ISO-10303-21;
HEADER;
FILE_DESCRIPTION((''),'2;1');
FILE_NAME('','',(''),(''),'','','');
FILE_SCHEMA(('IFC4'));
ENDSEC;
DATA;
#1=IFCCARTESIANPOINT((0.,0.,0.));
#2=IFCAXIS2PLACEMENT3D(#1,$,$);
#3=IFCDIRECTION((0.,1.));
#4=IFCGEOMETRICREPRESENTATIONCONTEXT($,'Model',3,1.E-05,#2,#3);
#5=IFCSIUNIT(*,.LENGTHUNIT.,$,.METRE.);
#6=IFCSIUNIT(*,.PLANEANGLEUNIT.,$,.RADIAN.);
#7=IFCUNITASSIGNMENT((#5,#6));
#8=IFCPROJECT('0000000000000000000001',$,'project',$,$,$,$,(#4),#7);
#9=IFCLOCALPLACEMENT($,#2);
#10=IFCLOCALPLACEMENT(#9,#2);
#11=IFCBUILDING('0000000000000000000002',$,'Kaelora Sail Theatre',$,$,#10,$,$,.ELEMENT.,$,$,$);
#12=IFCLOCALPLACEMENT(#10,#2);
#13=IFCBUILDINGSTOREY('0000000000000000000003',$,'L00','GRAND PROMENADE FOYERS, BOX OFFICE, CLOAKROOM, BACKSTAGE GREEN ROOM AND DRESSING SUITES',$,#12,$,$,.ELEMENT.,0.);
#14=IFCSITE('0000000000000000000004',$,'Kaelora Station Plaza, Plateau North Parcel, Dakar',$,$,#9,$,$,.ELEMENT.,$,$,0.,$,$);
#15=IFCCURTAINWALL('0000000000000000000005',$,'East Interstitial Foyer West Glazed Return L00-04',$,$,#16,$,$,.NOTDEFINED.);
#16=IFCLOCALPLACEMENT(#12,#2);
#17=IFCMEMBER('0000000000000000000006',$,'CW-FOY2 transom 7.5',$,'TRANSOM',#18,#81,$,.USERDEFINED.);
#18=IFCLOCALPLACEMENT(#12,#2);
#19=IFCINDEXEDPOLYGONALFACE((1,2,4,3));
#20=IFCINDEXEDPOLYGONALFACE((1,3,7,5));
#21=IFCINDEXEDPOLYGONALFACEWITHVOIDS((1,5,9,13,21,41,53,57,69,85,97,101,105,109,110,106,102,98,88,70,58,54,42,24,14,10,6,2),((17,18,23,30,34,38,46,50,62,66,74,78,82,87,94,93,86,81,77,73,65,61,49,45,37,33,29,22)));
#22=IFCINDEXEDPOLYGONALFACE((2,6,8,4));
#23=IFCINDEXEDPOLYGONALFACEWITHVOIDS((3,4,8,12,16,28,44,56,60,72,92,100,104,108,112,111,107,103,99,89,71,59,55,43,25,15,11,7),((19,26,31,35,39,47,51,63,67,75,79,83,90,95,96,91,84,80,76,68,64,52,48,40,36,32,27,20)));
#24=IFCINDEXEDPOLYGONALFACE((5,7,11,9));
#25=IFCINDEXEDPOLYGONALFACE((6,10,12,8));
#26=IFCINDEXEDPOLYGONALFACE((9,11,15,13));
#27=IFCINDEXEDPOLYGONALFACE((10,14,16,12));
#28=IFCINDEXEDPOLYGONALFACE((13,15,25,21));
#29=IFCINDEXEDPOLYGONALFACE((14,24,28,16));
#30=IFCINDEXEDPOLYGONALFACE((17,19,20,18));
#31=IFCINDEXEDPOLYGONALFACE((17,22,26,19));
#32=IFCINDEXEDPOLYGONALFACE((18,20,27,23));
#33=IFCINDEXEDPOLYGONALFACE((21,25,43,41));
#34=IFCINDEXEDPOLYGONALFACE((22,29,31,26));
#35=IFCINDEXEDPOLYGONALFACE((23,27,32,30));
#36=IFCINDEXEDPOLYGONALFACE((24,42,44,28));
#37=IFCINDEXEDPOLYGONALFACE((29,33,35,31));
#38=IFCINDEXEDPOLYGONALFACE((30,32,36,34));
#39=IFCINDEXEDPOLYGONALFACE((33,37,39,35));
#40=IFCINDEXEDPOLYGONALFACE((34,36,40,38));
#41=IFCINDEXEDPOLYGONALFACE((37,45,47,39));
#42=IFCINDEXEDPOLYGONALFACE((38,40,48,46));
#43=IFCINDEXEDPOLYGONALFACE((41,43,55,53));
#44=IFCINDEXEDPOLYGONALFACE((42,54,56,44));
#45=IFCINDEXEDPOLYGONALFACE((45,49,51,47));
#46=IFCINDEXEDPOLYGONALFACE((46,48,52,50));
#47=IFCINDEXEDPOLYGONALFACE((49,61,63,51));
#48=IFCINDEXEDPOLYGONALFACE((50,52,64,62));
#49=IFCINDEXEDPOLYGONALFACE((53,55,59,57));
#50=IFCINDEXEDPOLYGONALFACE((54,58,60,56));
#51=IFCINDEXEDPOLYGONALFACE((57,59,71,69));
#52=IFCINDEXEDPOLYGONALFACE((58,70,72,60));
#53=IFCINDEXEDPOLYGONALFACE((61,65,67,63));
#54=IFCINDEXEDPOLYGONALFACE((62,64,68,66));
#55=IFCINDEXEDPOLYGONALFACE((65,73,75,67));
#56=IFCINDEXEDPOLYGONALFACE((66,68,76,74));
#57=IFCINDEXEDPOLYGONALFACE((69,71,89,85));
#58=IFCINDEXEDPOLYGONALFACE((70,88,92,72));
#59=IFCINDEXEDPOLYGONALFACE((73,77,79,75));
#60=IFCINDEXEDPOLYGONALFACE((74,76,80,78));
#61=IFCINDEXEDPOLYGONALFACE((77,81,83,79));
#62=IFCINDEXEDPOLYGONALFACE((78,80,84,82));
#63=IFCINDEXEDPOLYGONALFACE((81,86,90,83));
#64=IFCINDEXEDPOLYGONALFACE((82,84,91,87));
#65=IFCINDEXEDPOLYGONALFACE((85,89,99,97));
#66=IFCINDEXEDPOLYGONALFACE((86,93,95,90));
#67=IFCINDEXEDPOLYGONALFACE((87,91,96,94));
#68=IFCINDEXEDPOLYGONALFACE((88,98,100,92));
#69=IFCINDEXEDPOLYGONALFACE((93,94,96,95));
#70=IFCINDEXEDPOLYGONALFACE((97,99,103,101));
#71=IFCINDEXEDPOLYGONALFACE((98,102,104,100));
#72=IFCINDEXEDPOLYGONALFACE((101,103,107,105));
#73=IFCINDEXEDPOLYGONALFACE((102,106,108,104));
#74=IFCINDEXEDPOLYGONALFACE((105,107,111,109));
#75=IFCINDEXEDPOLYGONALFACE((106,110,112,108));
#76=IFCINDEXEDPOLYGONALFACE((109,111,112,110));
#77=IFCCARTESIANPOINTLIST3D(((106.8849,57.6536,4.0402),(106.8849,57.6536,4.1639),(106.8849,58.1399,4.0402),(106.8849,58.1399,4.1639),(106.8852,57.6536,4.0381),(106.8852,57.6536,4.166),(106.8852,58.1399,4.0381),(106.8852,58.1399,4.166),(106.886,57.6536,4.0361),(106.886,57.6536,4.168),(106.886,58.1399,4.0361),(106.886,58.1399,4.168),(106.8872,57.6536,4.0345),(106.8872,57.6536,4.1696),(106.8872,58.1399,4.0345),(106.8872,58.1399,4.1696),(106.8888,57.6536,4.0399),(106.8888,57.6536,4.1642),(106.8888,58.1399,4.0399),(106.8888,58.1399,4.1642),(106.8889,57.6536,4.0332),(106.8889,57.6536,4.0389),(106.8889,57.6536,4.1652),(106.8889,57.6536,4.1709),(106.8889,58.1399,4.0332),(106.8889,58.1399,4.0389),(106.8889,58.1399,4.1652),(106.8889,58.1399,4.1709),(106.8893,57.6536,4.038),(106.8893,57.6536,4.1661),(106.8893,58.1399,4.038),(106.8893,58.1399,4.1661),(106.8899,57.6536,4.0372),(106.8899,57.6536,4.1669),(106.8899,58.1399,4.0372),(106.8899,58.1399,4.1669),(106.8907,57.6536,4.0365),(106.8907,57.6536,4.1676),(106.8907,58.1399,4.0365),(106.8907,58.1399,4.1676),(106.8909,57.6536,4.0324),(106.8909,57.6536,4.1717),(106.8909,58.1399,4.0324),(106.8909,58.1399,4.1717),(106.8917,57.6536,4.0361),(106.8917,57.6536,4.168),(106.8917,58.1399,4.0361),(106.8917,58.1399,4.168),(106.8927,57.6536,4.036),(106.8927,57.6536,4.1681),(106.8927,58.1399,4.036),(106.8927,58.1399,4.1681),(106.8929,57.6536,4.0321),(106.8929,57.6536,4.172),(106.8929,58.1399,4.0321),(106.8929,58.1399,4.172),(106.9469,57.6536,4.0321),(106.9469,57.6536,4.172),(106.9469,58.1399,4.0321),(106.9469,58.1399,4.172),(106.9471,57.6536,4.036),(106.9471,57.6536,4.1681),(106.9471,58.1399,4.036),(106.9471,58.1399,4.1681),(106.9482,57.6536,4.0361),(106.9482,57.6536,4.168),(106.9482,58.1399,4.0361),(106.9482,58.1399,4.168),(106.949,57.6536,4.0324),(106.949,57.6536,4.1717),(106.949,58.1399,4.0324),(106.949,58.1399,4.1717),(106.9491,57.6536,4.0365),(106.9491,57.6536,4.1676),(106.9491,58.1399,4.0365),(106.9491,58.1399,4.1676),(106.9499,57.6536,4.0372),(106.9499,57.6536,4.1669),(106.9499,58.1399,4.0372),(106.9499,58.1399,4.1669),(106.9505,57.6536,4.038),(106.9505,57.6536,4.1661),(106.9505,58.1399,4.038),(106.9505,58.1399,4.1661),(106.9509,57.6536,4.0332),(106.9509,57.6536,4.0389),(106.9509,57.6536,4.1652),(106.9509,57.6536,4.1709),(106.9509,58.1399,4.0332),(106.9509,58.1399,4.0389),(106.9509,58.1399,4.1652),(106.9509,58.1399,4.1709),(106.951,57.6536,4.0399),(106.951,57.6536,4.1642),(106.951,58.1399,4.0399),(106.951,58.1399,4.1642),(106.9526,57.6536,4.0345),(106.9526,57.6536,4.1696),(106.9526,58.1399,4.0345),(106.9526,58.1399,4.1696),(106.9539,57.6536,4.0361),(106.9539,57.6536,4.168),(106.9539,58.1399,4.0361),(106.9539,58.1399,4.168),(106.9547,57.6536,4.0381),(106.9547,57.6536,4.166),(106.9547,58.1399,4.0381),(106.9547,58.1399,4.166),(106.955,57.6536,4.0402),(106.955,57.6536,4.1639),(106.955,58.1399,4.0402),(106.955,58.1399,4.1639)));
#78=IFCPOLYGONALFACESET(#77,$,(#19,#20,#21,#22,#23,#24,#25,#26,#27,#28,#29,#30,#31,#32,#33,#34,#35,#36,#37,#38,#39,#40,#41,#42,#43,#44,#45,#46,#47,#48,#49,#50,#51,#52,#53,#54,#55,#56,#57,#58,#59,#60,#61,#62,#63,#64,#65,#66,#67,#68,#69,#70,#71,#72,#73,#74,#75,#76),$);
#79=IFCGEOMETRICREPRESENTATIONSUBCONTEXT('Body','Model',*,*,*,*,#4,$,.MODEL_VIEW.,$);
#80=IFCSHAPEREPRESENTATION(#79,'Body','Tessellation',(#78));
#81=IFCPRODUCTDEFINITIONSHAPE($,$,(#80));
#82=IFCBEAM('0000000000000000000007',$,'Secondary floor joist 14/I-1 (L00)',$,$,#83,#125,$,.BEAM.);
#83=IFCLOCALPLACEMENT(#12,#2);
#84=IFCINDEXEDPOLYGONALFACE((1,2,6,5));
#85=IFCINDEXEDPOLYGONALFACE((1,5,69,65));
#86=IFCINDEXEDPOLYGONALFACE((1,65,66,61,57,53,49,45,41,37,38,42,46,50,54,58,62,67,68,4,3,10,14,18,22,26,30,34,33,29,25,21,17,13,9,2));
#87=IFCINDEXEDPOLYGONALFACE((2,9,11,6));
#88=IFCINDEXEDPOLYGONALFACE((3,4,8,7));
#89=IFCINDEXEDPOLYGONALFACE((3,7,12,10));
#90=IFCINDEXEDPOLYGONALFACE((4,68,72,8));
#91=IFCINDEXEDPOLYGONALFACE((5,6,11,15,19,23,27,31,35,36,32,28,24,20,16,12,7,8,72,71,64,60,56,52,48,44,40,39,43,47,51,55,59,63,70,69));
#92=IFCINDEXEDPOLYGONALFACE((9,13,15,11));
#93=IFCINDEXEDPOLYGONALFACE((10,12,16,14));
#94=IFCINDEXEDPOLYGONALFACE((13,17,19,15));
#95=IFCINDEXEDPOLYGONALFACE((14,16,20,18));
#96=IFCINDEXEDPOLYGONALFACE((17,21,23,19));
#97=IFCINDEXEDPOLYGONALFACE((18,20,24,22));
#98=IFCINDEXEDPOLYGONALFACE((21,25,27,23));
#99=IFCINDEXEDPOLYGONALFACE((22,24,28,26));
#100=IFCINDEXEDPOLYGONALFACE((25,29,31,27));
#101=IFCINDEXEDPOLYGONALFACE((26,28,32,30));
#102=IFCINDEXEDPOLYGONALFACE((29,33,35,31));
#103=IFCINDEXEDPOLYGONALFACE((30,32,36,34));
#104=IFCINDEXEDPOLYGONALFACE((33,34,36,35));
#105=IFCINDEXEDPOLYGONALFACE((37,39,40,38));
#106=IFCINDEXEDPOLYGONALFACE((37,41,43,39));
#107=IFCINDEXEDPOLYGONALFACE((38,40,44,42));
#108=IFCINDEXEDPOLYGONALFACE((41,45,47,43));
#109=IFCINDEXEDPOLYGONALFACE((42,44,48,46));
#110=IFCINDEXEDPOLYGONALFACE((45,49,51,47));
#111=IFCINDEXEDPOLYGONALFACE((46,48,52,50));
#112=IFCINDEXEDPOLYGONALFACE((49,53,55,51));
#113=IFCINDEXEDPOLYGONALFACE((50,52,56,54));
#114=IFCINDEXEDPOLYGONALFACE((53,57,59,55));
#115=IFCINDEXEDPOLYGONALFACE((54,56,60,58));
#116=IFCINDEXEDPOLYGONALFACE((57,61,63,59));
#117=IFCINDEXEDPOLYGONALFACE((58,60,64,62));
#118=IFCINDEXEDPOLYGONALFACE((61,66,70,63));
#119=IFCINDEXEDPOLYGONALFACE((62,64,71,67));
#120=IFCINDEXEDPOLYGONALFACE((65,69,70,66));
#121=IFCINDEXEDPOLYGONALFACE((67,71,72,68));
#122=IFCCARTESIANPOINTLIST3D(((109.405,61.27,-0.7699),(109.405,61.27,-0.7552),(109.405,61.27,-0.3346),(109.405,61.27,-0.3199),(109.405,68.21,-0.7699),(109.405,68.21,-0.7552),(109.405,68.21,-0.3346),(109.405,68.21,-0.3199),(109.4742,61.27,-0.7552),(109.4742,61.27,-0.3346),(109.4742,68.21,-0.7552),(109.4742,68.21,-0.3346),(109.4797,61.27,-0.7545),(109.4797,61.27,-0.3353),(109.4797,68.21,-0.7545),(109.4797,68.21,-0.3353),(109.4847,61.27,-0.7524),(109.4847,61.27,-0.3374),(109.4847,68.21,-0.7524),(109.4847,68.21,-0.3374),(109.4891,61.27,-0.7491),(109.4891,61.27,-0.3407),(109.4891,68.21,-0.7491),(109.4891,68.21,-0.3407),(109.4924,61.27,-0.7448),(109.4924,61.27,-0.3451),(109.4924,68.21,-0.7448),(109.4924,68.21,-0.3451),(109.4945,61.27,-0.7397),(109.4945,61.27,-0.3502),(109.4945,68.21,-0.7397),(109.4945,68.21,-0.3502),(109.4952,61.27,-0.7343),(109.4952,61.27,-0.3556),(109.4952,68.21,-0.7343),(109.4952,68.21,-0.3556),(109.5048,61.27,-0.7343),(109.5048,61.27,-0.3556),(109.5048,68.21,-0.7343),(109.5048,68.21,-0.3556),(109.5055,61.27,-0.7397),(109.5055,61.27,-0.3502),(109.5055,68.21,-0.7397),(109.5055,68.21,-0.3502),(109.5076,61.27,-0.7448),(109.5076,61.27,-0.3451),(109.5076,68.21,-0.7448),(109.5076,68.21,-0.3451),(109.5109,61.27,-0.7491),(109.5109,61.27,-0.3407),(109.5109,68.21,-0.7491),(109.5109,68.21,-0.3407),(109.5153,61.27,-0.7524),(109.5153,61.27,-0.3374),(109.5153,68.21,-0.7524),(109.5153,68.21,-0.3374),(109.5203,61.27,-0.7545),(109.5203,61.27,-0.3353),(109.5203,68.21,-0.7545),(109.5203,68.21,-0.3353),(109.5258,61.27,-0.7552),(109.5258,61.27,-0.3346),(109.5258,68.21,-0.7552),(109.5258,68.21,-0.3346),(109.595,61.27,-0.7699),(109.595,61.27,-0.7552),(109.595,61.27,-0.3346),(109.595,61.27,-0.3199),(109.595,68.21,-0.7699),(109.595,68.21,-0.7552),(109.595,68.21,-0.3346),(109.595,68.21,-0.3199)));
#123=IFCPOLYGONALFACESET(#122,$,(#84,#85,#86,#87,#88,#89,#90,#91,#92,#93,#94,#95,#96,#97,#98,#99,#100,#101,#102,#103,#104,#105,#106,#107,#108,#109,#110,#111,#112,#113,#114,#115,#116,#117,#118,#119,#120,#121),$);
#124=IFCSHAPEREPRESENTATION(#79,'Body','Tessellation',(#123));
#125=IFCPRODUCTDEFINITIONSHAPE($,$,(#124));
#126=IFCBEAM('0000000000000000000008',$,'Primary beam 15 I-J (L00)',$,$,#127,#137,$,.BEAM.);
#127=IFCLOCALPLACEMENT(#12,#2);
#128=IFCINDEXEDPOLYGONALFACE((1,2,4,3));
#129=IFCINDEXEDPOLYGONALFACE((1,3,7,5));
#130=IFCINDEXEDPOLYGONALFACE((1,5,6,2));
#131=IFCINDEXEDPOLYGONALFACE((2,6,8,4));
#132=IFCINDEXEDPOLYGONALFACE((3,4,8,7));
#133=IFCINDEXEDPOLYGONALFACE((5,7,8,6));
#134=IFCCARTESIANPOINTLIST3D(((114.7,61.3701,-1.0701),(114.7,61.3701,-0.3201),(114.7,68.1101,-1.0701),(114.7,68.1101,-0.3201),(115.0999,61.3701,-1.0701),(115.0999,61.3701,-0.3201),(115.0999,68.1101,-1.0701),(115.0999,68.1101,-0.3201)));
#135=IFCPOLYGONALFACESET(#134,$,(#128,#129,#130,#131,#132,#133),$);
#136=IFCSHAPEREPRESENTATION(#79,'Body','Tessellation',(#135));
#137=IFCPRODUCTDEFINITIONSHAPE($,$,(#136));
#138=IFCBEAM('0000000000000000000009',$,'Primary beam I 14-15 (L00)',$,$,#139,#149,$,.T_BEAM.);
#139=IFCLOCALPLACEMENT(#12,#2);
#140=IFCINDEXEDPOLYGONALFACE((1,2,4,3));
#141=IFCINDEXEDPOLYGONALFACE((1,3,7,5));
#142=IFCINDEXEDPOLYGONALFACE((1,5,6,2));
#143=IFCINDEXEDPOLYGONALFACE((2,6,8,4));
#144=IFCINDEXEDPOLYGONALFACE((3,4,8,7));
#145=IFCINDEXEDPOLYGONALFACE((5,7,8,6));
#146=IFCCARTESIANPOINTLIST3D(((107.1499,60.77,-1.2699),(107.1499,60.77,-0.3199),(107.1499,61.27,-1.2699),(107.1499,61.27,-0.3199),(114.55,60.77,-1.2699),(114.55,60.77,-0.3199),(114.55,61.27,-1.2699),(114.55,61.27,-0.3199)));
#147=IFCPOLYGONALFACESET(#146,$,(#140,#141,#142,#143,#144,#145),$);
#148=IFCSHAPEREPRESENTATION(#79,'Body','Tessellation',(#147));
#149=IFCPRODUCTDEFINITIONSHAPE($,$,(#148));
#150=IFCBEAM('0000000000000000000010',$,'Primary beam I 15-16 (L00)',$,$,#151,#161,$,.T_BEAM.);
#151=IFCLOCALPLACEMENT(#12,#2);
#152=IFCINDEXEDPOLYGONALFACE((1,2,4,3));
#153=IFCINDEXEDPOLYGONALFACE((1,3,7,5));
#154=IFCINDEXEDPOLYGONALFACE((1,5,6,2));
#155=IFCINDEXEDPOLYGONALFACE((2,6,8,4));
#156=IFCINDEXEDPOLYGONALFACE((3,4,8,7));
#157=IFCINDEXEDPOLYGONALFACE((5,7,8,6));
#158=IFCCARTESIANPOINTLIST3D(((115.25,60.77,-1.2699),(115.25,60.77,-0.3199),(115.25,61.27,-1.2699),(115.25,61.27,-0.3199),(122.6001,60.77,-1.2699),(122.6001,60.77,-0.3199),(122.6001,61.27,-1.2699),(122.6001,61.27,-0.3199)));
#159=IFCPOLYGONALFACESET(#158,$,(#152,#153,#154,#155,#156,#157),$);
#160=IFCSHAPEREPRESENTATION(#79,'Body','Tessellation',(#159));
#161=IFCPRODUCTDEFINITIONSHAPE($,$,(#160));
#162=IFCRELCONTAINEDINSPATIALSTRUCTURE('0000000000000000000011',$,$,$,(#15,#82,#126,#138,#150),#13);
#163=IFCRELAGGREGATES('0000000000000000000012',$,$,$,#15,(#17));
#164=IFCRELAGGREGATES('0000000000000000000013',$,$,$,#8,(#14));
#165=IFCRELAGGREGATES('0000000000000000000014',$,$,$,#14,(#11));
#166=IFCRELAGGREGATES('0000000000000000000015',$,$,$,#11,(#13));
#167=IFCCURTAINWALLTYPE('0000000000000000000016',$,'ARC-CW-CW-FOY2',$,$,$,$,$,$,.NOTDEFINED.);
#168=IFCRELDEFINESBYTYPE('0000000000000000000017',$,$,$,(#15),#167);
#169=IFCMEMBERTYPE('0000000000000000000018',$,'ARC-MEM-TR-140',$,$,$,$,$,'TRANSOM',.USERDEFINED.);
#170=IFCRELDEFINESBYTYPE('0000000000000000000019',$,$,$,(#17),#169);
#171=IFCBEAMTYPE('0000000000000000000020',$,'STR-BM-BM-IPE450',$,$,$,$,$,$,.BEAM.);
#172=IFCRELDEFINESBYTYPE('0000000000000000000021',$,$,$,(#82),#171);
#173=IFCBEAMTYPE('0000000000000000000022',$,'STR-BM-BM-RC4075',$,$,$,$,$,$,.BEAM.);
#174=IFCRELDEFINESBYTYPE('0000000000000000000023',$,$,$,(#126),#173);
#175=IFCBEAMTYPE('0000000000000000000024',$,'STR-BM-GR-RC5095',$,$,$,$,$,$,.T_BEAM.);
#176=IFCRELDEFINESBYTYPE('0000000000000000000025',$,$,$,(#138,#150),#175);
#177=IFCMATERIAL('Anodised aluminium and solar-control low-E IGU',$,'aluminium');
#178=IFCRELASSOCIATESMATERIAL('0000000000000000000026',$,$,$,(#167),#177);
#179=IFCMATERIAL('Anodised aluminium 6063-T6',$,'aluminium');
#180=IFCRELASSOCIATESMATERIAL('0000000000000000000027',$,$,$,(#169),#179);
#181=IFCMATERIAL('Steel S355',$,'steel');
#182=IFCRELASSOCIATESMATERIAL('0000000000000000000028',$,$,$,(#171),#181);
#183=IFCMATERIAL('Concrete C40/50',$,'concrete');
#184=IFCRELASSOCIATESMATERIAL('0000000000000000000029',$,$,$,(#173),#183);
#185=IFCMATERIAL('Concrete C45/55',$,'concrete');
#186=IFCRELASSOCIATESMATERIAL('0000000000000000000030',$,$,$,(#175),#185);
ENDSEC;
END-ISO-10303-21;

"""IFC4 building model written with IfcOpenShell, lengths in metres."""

from ifc_helpers import new_model, si_unit, direction, frame, origin, origin_2d, place, context, subcontext, project, spatial, rectangle, hollow_rectangle, i_section, extrude, material, material_profile, profile_set, type_object, element, aggregate, save


model = new_model("IFC4")

# Units and contexts
model_context = context("Model", 3, precision=1e-05, world=origin(), true_north=direction((0.0, 1.0)))
body_context = subcontext(model_context, "Body", "Model", "MODEL_VIEW")
ifc_project = project(units=[si_unit("LENGTHUNIT", "METRE"), si_unit("PLANEANGLEUNIT", "RADIAN")], contexts=[model_context])

# Site, building, storey
site_placement = place(None, origin())
site = spatial("IfcSite", under=ifc_project, at=site_placement, Name="Kaelora Station Plaza, Plateau North Parcel, Dakar", CompositionType="ELEMENT", RefElevation=0.0)
building_placement = place(site_placement, origin())
building = spatial("IfcBuilding", under=site, at=building_placement, Name="Kaelora Sail Theatre", CompositionType="ELEMENT")
storey_placement = place(building_placement, origin())
storey = spatial("IfcBuildingStorey", under=building, at=storey_placement, Name="L00", Description="GRAND PROMENADE FOYERS, BOX OFFICE, CLOAKROOM, BACKSTAGE GREEN ROOM AND DRESSING SUITES", CompositionType="ELEMENT", Elevation=0.0)

# Curtain wall, member
ifc_material_1 = material(Name="Anodised aluminium and solar-control low-E IGU", Category="aluminium")
curtain_wall_type = type_object("IfcCurtainWallType", Name="ARC-CW-CW-FOY2", PredefinedType="NOTDEFINED", material=ifc_material_1)
curtain_wall_placement = place(storey_placement, origin())
curtain_wall = element("IfcCurtainWall", 1, at=curtain_wall_placement, inside=storey, type_object=curtain_wall_type, Name="East Interstitial Foyer West Glazed Return L00-04", PredefinedType="NOTDEFINED")
ifc_material_2 = material(Name="Anodised aluminium 6063-T6", Category="aluminium")
ifc_material_profile_1 = material_profile(ifc_material_2, hollow_rectangle(XDim=0.0701, YDim=0.1399, WallThickness=0.0039, InnerFilletRadius=0.0039, OuterFilletRadius=0.0081, at=origin_2d()), Name="ALU-TRAN 70x140x4")
ifc_profile_set_1 = profile_set([ifc_material_profile_1], Name="Anodised aluminium 6063-T6")
member_type_1 = type_object("IfcMemberType", Name="ARC-MEM-TR-140", ElementType="TRANSOM", PredefinedType="USERDEFINED", material=ifc_profile_set_1)
member_1_placement = place(storey_placement, frame((106.9199, 57.6536, 4.1021), z_axis=(0.0, 1.0, 0.0), x_axis=(-1.0, 0.0, 0.0)))
member_1 = element("IfcMember", 2, at=member_1_placement, type_object=member_type_1, Name="CW-FOY2 transom 7.5", ObjectType="TRANSOM", PredefinedType="USERDEFINED", context=body_context, shape_type="SweptSolid", body=[
    extrude(hollow_rectangle(XDim=0.0701, YDim=0.1399, WallThickness=0.0039, InnerFilletRadius=0.0039, OuterFilletRadius=0.0081, at=origin_2d()), origin(), (0.0, 0.0, 1.0), 0.4863),
])

# Beams
ifc_material_3 = material(Name="Steel S355", Category="steel")
ifc_material_profile_2 = material_profile(ifc_material_3, i_section(OverallWidth=0.1899, OverallDepth=0.45, WebThickness=0.0095, FlangeThickness=0.0146, FilletRadius=0.021, at=origin_2d()), Name="IPE 450")
ifc_profile_set_2 = profile_set([ifc_material_profile_2], Name="Steel S355")
beam_type_1 = type_object("IfcBeamType", Name="STR-BM-BM-IPE450", PredefinedType="BEAM", material=ifc_profile_set_2)
beam_1_placement = place(storey_placement, frame((109.5, 61.27, -0.5449), z_axis=(0.0, 1.0, 0.0), x_axis=(-1.0, 0.0, 0.0)))
element("IfcBeam", 3, at=beam_1_placement, inside=storey, type_object=beam_type_1, Name="Secondary floor joist 14/I-1 (L00)", PredefinedType="BEAM", context=body_context, shape_type="SweptSolid", body=[
    extrude(i_section(OverallWidth=0.1899, OverallDepth=0.45, WebThickness=0.0095, FlangeThickness=0.0146, FilletRadius=0.021, at=origin_2d()), origin(), (0.0, 0.0, 1.0), 6.9399),
])
ifc_material_4 = material(Name="Concrete C40/50", Category="concrete")
ifc_material_profile_3 = material_profile(ifc_material_4, rectangle(XDim=0.3999, YDim=0.75, at=origin_2d()), Name="RC-BM 400x750")
ifc_profile_set_3 = profile_set([ifc_material_profile_3], Name="Concrete C40/50")
beam_type_2 = type_object("IfcBeamType", Name="STR-BM-BM-RC4075", PredefinedType="BEAM", material=ifc_profile_set_3)
beam_2_placement = place(storey_placement, frame((114.8999, 61.3701, -0.6951), z_axis=(0.0, 1.0, 0.0), x_axis=(-1.0, 0.0, 0.0)))
element("IfcBeam", 4, at=beam_2_placement, inside=storey, type_object=beam_type_2, Name="Primary beam 15 I-J (L00)", PredefinedType="BEAM", context=body_context, shape_type="SweptSolid", body=[
    extrude(rectangle(XDim=0.3999, YDim=0.75, at=origin_2d()), origin(), (0.0, 0.0, 1.0), 6.74),
])
ifc_material_5 = material(Name="Concrete C45/55", Category="concrete")
ifc_material_profile_4 = material_profile(ifc_material_5, rectangle(XDim=0.5, YDim=0.95, at=origin_2d()), Name="RC-GRD 500x950")
ifc_profile_set_4 = profile_set([ifc_material_profile_4], Name="Concrete C45/55")
beam_type_3 = type_object("IfcBeamType", Name="STR-BM-GR-RC5095", PredefinedType="T_BEAM", material=ifc_profile_set_4)
beam_3_placement = place(storey_placement, frame((107.1499, 61.02, -0.7949), z_axis=(1.0, 0.0, 0.0), x_axis=(0.0, 1.0, 0.0)))
element("IfcBeam", 5, at=beam_3_placement, inside=storey, type_object=beam_type_3, Name="Primary beam I 14-15 (L00)", PredefinedType="T_BEAM", context=body_context, shape_type="SweptSolid", body=[
    extrude(rectangle(XDim=0.5, YDim=0.95, at=origin_2d()), origin(), (0.0, 0.0, 1.0), 7.4001),
])
beam_4_placement = place(storey_placement, frame((115.25, 61.02, -0.7949), z_axis=(1.0, 0.0, 0.0), x_axis=(0.0, 1.0, 0.0)))
element("IfcBeam", 6, at=beam_4_placement, inside=storey, type_object=beam_type_3, Name="Primary beam I 15-16 (L00)", PredefinedType="T_BEAM", context=body_context, shape_type="SweptSolid", body=[
    extrude(rectangle(XDim=0.5, YDim=0.95, at=origin_2d()), origin(), (0.0, 0.0, 1.0), 7.3501),
])

aggregate(curtain_wall, [member_1])

save(model, "model.ifc")
